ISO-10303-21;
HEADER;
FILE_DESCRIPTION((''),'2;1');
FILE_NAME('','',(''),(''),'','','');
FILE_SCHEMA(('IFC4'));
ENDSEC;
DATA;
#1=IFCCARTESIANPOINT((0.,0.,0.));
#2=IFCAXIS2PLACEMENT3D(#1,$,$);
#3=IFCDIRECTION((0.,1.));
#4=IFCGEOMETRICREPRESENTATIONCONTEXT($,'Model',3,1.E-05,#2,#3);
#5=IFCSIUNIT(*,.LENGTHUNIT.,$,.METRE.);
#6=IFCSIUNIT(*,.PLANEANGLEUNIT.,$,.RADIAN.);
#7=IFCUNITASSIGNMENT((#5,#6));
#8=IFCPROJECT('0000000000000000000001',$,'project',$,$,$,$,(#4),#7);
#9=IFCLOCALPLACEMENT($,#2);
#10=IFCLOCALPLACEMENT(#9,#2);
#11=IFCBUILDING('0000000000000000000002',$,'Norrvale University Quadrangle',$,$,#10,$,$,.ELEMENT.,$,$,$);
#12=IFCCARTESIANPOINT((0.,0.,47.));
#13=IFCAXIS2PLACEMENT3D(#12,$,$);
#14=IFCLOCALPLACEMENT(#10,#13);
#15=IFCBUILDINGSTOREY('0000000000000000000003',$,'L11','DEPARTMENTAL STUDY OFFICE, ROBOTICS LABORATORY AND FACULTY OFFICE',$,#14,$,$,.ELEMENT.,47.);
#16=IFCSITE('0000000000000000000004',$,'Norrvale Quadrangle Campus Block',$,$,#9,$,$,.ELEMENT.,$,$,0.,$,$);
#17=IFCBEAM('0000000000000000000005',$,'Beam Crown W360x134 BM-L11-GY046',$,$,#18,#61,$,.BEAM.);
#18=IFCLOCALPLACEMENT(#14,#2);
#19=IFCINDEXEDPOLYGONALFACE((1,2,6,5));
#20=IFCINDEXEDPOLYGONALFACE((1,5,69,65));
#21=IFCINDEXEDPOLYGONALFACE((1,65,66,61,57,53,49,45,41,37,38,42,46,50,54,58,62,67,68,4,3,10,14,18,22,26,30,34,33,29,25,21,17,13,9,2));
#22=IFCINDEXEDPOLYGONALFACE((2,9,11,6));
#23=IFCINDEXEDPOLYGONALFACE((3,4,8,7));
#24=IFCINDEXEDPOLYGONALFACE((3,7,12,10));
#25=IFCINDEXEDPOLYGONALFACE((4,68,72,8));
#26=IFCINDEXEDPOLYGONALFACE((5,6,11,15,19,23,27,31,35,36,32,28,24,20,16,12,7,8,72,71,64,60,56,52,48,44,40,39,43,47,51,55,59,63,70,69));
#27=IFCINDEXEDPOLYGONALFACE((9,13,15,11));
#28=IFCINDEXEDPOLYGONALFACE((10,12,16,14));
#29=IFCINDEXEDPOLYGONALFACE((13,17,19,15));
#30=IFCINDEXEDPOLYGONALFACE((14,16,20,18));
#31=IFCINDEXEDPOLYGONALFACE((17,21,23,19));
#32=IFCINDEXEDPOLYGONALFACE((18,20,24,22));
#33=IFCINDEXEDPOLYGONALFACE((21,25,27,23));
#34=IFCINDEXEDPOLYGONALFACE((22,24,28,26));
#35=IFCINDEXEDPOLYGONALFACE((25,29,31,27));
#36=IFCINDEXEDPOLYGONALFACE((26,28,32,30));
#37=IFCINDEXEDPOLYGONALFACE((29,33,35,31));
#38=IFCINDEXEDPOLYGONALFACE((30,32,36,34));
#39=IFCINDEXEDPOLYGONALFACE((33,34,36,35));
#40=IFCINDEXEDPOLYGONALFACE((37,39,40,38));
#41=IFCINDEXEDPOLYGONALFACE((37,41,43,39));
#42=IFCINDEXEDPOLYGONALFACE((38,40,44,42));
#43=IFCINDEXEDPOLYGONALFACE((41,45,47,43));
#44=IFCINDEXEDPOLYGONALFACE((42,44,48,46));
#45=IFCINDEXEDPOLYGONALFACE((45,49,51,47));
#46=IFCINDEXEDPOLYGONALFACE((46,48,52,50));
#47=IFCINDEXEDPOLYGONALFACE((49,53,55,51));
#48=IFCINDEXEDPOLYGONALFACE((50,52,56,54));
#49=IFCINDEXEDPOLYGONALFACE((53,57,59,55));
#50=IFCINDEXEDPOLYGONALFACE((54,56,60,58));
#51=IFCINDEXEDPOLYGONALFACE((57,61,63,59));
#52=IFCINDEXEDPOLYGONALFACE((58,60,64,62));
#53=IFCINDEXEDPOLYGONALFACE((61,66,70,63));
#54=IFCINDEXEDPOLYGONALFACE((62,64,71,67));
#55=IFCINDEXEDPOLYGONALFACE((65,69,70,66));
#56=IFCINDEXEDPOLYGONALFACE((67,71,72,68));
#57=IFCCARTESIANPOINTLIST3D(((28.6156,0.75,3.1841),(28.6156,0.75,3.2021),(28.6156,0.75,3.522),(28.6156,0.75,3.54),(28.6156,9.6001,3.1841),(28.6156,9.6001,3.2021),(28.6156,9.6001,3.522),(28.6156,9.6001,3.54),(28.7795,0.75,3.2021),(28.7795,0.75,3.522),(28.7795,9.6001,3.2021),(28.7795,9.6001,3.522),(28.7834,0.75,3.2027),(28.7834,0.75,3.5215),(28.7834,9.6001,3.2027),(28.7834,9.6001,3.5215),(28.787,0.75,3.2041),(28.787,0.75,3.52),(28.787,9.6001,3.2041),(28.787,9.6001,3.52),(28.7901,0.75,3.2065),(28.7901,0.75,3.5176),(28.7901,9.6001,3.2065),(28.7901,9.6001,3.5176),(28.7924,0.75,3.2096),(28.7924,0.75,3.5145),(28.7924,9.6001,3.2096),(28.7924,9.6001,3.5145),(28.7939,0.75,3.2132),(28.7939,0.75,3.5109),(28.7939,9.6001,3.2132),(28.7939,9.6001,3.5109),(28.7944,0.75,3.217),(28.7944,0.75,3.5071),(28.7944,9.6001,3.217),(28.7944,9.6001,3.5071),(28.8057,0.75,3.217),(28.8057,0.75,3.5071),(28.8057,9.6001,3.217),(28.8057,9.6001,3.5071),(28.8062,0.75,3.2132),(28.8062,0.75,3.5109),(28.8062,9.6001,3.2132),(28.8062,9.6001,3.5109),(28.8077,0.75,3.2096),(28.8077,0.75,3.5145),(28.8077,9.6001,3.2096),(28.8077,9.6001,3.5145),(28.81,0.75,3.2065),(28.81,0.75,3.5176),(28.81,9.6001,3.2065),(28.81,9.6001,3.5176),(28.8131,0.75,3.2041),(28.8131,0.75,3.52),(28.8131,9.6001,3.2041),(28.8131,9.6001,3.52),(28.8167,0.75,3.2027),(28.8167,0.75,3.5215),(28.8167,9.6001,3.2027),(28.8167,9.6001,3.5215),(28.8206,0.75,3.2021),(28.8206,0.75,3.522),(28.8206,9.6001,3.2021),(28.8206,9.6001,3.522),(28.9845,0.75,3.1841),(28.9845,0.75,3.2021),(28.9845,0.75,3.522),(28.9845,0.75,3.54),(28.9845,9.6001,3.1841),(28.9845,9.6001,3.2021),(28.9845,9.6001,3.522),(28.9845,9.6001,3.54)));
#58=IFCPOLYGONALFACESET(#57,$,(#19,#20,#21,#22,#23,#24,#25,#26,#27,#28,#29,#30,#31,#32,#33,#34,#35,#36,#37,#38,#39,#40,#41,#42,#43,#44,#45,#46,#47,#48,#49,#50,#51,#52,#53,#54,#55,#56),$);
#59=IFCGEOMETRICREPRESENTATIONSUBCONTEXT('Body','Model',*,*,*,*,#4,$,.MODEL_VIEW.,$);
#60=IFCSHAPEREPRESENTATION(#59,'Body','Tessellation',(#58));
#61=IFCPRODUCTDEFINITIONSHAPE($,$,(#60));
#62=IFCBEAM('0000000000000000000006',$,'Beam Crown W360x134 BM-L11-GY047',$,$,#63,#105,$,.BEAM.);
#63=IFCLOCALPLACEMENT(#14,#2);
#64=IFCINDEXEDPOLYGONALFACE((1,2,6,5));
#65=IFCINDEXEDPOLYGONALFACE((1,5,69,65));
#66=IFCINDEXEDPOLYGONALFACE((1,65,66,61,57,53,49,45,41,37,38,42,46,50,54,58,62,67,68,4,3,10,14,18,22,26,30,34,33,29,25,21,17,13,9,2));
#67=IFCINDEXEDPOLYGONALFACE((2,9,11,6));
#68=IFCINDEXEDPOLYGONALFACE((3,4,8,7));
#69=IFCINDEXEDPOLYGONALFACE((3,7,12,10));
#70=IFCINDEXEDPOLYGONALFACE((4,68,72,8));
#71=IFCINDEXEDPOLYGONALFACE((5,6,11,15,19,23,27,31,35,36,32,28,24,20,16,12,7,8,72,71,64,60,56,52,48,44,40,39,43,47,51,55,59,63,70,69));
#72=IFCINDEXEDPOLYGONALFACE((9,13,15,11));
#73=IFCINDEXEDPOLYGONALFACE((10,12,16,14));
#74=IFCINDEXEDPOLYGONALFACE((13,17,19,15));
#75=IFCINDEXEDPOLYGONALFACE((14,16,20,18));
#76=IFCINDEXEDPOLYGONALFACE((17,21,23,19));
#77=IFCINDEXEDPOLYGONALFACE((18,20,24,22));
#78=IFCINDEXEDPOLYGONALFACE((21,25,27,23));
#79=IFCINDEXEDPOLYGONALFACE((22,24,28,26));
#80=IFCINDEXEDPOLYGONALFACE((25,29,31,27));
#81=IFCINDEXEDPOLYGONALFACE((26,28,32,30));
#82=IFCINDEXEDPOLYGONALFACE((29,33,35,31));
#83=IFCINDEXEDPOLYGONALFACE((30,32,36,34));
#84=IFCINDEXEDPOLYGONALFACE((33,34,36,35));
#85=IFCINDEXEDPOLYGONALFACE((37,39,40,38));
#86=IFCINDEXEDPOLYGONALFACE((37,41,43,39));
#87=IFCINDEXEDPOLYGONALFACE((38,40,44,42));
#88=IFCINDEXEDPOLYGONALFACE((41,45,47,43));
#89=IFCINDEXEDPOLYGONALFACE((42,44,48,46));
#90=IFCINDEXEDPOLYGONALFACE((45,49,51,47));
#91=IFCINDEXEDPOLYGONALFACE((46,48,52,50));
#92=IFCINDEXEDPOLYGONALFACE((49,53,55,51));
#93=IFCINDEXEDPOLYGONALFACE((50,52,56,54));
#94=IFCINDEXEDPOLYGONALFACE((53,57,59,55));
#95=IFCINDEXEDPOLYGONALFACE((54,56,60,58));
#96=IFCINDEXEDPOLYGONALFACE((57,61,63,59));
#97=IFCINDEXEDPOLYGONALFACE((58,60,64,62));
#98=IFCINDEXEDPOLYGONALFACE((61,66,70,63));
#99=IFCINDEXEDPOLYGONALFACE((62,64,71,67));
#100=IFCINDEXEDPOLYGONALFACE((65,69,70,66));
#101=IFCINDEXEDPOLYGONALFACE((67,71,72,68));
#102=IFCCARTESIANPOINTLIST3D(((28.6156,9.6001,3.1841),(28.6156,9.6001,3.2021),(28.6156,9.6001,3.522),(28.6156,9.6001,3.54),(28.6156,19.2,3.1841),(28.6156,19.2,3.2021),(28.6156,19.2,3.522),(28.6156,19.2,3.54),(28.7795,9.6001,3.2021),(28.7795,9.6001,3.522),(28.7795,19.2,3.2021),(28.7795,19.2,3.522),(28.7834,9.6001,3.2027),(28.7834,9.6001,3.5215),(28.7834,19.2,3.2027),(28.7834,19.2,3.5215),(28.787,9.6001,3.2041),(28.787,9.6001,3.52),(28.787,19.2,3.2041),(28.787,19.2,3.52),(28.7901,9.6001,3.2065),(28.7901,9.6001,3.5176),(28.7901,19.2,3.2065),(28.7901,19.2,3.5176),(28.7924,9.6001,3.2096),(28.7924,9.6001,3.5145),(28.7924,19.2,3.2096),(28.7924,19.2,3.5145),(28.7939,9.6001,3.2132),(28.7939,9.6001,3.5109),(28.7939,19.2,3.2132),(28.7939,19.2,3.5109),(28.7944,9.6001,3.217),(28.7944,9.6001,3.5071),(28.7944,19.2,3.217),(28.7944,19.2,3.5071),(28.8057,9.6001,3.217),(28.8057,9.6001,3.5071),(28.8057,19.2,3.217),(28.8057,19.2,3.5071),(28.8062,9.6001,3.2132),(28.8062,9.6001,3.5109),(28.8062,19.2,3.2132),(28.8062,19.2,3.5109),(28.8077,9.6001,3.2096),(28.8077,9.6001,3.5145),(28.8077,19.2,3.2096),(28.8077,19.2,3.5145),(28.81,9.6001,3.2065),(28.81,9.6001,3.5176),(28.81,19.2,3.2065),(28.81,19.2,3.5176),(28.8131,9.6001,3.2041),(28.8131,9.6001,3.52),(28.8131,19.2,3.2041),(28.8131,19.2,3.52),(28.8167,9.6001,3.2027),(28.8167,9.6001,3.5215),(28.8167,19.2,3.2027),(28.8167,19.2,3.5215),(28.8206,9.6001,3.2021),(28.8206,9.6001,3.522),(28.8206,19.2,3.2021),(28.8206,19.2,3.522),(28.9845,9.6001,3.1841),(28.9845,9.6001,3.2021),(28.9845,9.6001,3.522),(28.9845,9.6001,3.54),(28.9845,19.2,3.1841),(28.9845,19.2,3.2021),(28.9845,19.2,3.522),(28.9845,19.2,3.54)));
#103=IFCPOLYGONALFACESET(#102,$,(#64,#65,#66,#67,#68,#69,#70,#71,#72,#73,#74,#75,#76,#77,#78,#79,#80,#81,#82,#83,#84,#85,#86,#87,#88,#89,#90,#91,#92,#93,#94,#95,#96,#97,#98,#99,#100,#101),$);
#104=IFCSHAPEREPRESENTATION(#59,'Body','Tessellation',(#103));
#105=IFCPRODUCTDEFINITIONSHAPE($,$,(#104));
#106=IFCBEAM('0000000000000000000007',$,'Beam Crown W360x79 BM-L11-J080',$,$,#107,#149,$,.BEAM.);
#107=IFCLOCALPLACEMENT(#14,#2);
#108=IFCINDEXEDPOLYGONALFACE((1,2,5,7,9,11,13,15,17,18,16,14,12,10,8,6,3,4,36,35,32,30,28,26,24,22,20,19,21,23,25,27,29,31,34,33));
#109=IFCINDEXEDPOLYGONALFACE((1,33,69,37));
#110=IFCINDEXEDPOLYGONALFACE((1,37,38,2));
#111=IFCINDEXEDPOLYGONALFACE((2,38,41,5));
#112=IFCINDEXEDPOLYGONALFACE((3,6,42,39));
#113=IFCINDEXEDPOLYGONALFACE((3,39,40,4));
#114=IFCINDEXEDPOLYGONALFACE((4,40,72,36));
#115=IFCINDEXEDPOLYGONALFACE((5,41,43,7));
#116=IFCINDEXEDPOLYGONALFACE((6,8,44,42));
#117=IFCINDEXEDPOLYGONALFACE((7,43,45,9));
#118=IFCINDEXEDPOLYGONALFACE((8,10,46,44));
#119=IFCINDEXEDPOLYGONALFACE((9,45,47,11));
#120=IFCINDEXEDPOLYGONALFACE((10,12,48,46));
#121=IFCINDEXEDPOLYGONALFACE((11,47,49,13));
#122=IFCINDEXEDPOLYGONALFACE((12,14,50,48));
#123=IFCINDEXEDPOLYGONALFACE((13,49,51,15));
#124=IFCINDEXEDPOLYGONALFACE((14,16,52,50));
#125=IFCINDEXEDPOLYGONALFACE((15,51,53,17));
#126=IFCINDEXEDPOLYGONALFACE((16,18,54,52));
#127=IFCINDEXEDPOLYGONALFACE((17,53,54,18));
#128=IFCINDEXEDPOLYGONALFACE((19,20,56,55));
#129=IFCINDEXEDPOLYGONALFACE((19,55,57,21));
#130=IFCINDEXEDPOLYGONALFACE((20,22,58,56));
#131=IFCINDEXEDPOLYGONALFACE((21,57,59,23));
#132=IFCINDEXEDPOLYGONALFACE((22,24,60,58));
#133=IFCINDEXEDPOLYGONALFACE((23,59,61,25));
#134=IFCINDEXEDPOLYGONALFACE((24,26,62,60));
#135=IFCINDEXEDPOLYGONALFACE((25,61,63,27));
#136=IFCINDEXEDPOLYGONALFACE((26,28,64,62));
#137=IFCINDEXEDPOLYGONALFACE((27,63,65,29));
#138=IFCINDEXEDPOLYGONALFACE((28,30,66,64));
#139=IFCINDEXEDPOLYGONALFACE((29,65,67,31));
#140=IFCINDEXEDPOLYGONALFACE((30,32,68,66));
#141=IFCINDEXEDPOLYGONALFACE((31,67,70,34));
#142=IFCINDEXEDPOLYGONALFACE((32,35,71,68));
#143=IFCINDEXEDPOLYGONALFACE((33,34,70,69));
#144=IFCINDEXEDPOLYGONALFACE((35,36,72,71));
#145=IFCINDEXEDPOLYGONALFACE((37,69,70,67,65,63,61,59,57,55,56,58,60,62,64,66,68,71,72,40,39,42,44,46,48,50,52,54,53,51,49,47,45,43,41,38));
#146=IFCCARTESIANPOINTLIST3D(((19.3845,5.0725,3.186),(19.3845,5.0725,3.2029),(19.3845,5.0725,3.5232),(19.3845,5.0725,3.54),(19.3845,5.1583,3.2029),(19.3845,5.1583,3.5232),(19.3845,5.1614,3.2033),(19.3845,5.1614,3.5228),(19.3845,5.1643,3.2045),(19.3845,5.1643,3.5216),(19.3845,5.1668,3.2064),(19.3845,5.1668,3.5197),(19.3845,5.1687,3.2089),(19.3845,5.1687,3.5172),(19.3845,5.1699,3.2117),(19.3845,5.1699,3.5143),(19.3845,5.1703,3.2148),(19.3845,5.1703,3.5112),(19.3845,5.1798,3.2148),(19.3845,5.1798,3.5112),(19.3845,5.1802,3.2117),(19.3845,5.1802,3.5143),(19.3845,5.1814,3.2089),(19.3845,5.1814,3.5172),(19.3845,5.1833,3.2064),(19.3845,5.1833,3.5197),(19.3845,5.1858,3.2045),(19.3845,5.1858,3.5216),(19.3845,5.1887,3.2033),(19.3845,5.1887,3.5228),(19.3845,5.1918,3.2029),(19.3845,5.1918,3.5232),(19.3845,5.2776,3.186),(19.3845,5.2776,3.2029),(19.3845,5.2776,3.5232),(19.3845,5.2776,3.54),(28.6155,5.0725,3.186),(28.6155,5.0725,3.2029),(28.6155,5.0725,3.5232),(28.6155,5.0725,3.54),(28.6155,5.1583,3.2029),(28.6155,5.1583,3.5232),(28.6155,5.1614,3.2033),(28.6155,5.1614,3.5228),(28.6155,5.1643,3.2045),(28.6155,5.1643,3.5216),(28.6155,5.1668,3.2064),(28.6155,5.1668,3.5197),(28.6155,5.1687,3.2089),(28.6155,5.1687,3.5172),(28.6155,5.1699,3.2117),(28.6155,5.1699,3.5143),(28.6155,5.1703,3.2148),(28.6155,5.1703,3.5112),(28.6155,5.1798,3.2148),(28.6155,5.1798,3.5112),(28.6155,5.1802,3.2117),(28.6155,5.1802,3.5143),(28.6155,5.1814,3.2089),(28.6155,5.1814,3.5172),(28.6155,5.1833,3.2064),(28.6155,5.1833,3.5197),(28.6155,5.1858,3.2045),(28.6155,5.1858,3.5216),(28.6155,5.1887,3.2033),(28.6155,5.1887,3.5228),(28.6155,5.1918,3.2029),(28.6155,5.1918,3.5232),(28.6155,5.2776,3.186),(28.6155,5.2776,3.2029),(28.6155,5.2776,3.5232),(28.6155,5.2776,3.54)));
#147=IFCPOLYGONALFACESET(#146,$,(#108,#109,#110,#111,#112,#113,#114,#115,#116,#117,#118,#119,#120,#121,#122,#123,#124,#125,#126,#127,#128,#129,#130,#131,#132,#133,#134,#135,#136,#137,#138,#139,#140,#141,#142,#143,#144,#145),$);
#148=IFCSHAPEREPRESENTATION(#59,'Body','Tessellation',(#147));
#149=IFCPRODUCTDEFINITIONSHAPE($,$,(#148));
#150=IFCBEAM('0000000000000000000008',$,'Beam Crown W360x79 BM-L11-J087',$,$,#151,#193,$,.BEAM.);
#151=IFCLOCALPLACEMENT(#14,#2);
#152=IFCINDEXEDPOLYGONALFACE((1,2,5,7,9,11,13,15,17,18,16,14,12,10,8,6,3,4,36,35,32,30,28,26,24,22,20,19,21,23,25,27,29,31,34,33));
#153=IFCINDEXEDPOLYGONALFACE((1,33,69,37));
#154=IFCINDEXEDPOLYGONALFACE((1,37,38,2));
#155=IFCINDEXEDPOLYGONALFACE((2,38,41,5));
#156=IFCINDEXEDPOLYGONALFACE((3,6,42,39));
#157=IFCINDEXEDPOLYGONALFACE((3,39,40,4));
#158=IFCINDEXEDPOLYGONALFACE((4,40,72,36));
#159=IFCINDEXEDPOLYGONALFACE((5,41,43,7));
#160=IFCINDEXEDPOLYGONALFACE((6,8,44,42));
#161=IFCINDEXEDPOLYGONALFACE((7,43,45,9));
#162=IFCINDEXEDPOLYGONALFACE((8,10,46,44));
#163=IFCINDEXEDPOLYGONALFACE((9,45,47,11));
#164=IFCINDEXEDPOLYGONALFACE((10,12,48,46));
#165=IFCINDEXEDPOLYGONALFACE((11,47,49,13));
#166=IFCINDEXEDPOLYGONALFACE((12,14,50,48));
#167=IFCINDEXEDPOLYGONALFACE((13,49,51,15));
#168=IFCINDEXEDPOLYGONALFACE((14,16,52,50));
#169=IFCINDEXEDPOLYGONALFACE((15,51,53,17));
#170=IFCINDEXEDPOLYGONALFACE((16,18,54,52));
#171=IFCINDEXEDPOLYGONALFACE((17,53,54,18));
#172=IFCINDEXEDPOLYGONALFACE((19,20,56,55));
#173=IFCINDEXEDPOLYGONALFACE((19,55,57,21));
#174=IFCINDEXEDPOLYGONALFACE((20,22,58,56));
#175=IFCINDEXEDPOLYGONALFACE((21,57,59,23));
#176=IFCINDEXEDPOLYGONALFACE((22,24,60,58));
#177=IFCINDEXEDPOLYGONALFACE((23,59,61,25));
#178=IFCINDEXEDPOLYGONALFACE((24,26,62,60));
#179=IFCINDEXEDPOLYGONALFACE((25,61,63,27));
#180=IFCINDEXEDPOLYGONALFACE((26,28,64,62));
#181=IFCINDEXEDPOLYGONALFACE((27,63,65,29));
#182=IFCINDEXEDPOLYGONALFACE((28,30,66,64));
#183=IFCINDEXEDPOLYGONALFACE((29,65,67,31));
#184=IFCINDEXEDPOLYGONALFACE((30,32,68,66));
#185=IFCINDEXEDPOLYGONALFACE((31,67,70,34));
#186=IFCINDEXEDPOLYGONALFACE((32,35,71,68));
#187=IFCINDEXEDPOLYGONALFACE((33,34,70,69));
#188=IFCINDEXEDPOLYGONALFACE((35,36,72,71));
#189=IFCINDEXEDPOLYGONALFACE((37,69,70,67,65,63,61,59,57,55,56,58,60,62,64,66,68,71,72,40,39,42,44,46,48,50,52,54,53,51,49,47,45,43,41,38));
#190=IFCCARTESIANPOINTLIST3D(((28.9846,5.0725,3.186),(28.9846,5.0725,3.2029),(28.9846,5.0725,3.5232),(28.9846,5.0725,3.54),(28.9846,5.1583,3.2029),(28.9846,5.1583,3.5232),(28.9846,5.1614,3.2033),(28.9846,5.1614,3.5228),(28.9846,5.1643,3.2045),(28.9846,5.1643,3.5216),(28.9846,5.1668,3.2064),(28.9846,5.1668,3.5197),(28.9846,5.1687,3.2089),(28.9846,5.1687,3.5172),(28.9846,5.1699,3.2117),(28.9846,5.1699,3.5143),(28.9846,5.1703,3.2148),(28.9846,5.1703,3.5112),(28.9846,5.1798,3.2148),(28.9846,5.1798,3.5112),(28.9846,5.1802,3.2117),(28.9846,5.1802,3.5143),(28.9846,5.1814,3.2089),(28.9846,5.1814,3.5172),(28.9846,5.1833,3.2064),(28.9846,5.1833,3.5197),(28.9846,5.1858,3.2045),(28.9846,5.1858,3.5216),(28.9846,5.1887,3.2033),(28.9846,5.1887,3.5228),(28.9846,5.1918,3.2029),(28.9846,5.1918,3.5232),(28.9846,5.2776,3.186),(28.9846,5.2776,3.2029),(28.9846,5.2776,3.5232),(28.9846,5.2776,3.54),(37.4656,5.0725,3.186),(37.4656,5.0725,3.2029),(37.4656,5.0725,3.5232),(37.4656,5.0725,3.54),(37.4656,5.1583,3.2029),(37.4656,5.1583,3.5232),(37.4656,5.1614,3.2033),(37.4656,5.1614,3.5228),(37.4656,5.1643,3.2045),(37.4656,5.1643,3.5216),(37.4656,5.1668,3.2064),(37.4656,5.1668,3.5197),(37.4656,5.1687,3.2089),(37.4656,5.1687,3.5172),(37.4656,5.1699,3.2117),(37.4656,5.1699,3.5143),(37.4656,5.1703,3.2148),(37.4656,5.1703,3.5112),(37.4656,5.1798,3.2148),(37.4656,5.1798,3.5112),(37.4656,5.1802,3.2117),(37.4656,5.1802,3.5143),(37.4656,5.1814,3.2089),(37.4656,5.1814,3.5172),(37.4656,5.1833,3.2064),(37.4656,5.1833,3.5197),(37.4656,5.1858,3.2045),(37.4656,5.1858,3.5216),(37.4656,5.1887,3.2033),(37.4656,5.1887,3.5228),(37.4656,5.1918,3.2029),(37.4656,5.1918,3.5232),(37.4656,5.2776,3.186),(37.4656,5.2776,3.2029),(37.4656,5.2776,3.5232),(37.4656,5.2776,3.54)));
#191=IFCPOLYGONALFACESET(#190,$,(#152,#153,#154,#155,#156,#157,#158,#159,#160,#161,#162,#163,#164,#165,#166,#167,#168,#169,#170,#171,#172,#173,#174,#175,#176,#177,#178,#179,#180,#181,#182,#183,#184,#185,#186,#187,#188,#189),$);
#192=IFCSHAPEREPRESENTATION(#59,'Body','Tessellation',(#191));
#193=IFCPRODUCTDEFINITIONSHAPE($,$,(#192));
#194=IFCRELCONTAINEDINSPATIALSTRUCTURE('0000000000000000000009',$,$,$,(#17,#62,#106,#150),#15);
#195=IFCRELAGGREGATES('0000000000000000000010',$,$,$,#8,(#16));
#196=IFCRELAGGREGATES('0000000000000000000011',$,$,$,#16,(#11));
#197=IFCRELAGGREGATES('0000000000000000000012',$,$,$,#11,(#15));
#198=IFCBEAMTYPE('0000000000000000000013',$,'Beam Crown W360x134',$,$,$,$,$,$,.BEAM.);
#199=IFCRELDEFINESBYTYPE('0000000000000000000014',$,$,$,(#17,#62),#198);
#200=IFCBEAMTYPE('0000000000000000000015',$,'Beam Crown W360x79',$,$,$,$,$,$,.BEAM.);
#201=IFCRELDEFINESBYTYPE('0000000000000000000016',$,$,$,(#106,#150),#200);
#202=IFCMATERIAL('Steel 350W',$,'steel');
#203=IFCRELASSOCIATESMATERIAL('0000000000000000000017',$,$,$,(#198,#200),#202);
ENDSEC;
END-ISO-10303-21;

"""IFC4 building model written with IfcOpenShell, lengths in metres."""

from ifc_helpers import new_model, si_unit, direction, frame, origin, origin_2d, place, context, subcontext, project, spatial, i_section, extrude, material, material_profile, profile_set, type_object, element, save


model = new_model("IFC4")

# Units and contexts
model_context = context("Model", 3, precision=1e-05, world=origin(), true_north=direction((0.0, 1.0)))
body_context = subcontext(model_context, "Body", "Model", "MODEL_VIEW")
ifc_project = project(units=[si_unit("LENGTHUNIT", "METRE"), si_unit("PLANEANGLEUNIT", "RADIAN")], contexts=[model_context])

# Site, building, storey
site_placement = place(None, origin())
site = spatial("IfcSite", under=ifc_project, at=site_placement, Name="Norrvale Quadrangle Campus Block", CompositionType="ELEMENT", RefElevation=0.0)
building_placement = place(site_placement, origin())
building = spatial("IfcBuilding", under=site, at=building_placement, Name="Norrvale University Quadrangle", CompositionType="ELEMENT")
storey_placement = place(building_placement, frame((0.0, 0.0, 47.0)))
storey = spatial("IfcBuildingStorey", under=building, at=storey_placement, Name="L11", Description="DEPARTMENTAL STUDY OFFICE, ROBOTICS LABORATORY AND FACULTY OFFICE", CompositionType="ELEMENT", Elevation=47.0)

# Beams
ifc_material_1 = material(Name="Steel 350W", Category="steel")
ifc_material_profile_1 = material_profile(ifc_material_1, i_section(OverallWidth=0.3689, OverallDepth=0.356, WebThickness=0.0112, FlangeThickness=0.0181, FilletRadius=0.0149, at=origin_2d()), Name="Steel 350W")
ifc_profile_set_1 = profile_set([ifc_material_profile_1], Name="Steel 350W")
beam_type_1 = type_object("IfcBeamType", Name="Beam Crown W360x134", PredefinedType="BEAM", material=ifc_profile_set_1)
beam_1_placement = place(storey_placement, frame((28.8, 0.75, 3.3621), z_axis=(0.0, 1.0, 0.0), x_axis=(-1.0, 0.0, 0.0)))
element("IfcBeam", 1, at=beam_1_placement, inside=storey, type_object=beam_type_1, Name="Beam Crown W360x134 BM-L11-GY046", PredefinedType="BEAM", context=body_context, shape_type="SweptSolid", body=[
    extrude(i_section(OverallWidth=0.3689, OverallDepth=0.356, WebThickness=0.0112, FlangeThickness=0.0181, FilletRadius=0.0149, at=origin_2d()), origin(), (0.0, 0.0, 1.0), 8.8501),
])
beam_2_placement = place(storey_placement, frame((28.8, 9.6001, 3.3621), z_axis=(0.0, 1.0, 0.0), x_axis=(-1.0, 0.0, 0.0)))
element("IfcBeam", 2, at=beam_2_placement, inside=storey, type_object=beam_type_1, Name="Beam Crown W360x134 BM-L11-GY047", PredefinedType="BEAM", context=body_context, shape_type="SweptSolid", body=[
    extrude(i_section(OverallWidth=0.3689, OverallDepth=0.356, WebThickness=0.0112, FlangeThickness=0.0181, FilletRadius=0.0149, at=origin_2d()), origin(), (0.0, 0.0, 1.0), 9.5999),
])
ifc_material_profile_2 = material_profile(ifc_material_1, i_section(OverallWidth=0.2051, OverallDepth=0.354, WebThickness=0.0095, FlangeThickness=0.0168, FilletRadius=0.012, at=origin_2d()), Name="Steel 350W")
ifc_profile_set_2 = profile_set([ifc_material_profile_2], Name="Steel 350W")
beam_type_2 = type_object("IfcBeamType", Name="Beam Crown W360x79", PredefinedType="BEAM", material=ifc_profile_set_2)
beam_3_placement = place(storey_placement, frame((19.3845, 5.175, 3.363), z_axis=(1.0, 0.0, 0.0), x_axis=(0.0, 1.0, 0.0)))
element("IfcBeam", 3, at=beam_3_placement, inside=storey, type_object=beam_type_2, Name="Beam Crown W360x79 BM-L11-J080", PredefinedType="BEAM", context=body_context, shape_type="SweptSolid", body=[
    extrude(i_section(OverallWidth=0.2051, OverallDepth=0.354, WebThickness=0.0095, FlangeThickness=0.0168, FilletRadius=0.012, at=origin_2d()), origin(), (0.0, 0.0, 1.0), 9.231),
])
beam_4_placement = place(storey_placement, frame((28.9846, 5.175, 3.363), z_axis=(1.0, 0.0, 0.0), x_axis=(0.0, 1.0, 0.0)))
element("IfcBeam", 4, at=beam_4_placement, inside=storey, type_object=beam_type_2, Name="Beam Crown W360x79 BM-L11-J087", PredefinedType="BEAM", context=body_context, shape_type="SweptSolid", body=[
    extrude(i_section(OverallWidth=0.2051, OverallDepth=0.354, WebThickness=0.0095, FlangeThickness=0.0168, FilletRadius=0.012, at=origin_2d()), origin(), (0.0, 0.0, 1.0), 8.481),
])

save(model, "model.ifc")
